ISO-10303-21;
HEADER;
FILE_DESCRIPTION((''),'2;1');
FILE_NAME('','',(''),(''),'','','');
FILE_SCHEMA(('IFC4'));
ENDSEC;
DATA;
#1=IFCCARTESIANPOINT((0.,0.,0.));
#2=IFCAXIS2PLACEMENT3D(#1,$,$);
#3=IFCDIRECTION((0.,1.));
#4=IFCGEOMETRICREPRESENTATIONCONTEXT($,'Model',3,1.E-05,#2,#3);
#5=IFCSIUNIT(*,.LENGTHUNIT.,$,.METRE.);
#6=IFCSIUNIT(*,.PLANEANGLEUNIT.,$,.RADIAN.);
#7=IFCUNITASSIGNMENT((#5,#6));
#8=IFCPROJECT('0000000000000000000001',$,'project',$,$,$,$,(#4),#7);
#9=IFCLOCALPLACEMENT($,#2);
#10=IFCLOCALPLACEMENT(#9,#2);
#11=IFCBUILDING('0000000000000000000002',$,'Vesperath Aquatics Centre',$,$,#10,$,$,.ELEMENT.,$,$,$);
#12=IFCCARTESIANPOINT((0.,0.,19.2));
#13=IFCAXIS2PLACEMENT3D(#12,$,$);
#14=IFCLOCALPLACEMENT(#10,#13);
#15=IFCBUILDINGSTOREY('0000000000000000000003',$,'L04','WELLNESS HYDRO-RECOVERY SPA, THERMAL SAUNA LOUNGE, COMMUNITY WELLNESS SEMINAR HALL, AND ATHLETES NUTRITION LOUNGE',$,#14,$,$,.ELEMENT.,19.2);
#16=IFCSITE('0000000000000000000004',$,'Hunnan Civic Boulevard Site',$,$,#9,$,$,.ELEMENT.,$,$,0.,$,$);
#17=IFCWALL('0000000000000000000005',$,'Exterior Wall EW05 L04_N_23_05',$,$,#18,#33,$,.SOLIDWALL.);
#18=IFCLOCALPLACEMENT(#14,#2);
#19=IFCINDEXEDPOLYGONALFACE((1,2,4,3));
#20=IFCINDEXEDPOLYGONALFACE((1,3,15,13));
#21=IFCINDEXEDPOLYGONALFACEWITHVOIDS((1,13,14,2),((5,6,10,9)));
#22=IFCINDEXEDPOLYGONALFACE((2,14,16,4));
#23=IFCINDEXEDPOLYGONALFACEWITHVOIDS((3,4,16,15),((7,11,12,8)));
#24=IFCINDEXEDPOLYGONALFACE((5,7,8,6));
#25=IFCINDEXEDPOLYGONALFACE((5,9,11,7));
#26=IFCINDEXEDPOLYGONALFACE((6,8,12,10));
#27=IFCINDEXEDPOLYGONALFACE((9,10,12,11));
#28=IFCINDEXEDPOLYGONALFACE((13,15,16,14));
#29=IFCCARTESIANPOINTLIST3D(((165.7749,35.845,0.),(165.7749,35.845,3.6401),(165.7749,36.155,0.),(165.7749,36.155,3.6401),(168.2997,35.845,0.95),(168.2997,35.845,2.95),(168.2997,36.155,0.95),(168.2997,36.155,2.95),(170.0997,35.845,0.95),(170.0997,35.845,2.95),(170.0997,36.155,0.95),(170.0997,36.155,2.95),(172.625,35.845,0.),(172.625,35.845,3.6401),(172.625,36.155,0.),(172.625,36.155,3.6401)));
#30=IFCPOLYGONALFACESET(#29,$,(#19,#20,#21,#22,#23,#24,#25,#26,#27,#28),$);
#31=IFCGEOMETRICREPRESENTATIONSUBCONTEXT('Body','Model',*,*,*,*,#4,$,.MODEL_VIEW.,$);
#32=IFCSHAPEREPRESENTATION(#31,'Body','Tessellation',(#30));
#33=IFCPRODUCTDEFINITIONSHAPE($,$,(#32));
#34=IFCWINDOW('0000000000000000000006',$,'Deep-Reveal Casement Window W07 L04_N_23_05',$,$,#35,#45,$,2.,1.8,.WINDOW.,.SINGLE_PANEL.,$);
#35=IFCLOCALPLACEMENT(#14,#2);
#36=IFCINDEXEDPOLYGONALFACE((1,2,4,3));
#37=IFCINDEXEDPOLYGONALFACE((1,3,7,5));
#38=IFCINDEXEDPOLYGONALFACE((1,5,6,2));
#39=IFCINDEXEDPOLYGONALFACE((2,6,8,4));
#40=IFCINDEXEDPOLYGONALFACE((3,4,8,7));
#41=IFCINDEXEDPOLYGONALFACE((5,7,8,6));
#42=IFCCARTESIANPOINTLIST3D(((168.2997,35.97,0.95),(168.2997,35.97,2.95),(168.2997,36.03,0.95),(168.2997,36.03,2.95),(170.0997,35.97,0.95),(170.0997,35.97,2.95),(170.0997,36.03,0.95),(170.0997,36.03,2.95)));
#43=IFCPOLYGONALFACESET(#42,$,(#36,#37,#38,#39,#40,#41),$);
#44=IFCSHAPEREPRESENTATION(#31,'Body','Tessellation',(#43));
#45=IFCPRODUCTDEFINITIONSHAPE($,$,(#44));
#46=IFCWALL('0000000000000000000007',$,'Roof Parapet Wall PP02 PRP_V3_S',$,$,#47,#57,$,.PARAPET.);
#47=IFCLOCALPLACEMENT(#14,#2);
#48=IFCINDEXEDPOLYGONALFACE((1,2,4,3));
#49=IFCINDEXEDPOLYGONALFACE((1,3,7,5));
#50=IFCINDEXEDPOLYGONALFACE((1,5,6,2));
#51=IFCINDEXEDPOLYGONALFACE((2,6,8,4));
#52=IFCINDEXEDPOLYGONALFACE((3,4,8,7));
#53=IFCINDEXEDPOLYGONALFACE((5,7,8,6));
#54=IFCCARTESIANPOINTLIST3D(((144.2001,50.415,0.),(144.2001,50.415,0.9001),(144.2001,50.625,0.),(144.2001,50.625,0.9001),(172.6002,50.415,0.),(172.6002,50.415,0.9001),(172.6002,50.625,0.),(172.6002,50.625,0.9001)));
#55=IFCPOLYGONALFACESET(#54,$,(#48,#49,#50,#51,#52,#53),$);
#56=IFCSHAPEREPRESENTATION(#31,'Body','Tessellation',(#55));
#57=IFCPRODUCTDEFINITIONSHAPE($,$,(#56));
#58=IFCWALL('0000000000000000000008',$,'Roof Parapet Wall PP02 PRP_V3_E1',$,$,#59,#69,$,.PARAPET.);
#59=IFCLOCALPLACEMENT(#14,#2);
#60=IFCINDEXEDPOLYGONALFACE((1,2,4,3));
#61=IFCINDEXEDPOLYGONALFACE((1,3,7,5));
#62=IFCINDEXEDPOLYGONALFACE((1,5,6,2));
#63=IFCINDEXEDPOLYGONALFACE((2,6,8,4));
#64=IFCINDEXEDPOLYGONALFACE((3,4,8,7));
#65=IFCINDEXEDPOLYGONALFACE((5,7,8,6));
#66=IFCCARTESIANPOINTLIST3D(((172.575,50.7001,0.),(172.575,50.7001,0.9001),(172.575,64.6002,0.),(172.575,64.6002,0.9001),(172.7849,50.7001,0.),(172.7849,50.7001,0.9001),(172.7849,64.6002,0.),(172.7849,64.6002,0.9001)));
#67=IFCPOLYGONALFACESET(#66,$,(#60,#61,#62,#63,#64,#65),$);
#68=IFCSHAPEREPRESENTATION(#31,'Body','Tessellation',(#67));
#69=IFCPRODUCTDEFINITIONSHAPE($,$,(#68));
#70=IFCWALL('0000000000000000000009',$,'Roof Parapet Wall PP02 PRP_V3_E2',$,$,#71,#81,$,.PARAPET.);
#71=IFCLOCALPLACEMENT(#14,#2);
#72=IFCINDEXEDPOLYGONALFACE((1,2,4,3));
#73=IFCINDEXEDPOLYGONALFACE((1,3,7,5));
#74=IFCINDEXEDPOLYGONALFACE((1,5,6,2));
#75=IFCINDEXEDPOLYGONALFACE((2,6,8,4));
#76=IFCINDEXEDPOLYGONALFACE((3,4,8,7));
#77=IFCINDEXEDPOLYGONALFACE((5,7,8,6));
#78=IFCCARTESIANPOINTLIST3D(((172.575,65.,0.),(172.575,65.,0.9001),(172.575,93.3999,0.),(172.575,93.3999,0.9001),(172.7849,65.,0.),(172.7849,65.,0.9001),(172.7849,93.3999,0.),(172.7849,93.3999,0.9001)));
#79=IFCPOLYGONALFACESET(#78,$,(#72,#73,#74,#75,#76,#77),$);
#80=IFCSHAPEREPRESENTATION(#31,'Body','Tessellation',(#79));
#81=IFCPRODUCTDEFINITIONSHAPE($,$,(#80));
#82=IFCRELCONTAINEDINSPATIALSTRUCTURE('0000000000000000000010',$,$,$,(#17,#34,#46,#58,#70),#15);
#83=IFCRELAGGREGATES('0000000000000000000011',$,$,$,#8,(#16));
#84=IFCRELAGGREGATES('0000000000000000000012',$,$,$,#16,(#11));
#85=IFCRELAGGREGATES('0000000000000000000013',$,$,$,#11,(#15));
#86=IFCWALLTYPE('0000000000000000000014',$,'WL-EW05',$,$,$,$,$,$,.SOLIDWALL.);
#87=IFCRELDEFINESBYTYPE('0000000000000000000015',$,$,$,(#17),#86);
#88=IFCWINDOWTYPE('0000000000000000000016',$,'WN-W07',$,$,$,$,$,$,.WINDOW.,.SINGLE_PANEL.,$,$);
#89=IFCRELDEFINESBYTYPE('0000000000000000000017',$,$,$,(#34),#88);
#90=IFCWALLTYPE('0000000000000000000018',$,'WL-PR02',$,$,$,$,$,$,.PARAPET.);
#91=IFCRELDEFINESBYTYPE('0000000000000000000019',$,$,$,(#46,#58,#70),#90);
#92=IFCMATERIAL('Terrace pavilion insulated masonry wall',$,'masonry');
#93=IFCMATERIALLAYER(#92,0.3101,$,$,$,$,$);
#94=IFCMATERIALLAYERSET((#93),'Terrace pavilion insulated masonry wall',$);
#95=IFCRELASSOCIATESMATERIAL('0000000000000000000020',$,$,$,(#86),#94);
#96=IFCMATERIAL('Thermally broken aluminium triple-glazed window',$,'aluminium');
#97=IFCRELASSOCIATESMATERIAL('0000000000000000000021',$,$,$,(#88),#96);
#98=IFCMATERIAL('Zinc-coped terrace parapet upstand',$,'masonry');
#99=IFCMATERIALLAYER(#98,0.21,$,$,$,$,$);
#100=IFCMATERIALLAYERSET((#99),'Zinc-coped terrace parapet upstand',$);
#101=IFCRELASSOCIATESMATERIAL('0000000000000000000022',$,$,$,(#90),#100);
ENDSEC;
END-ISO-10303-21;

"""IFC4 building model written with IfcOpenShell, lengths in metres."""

from ifc_helpers import new_model, si_unit, direction, frame, frame_2d, origin, place, context, subcontext, project, spatial, rectangle, extrude, material, layer, layer_set, type_object, element, fill, save


model = new_model("IFC4")

# Units and contexts
model_context = context("Model", 3, precision=1e-05, world=origin(), true_north=direction((0.0, 1.0)))
body_context = subcontext(model_context, "Body", "Model", "MODEL_VIEW")
ifc_project = project(units=[si_unit("LENGTHUNIT", "METRE"), si_unit("PLANEANGLEUNIT", "RADIAN")], contexts=[model_context])

# Site, building, storey
site_placement = place(None, origin())
site = spatial("IfcSite", under=ifc_project, at=site_placement, Name="Hunnan Civic Boulevard Site", CompositionType="ELEMENT", RefElevation=0.0)
building_placement = place(site_placement, origin())
building = spatial("IfcBuilding", under=site, at=building_placement, Name="Vesperath Aquatics Centre", CompositionType="ELEMENT")
storey_placement = place(building_placement, frame((0.0, 0.0, 19.2)))
storey = spatial("IfcBuildingStorey", under=building, at=storey_placement, Name="L04", Description="WELLNESS HYDRO-RECOVERY SPA, THERMAL SAUNA LOUNGE, COMMUNITY WELLNESS SEMINAR HALL, AND ATHLETES NUTRITION LOUNGE", CompositionType="ELEMENT", Elevation=19.2)

# Wall, opening, window
ifc_material_1 = material(Name="Terrace pavilion insulated masonry wall", Category="masonry")
ifc_layer_1 = layer(ifc_material_1, 0.3101)
ifc_layer_set_1 = layer_set([ifc_layer_1], Name="Terrace pavilion insulated masonry wall")
wall_type_1 = type_object("IfcWallType", Name="WL-EW05", PredefinedType="SOLIDWALL", material=ifc_layer_set_1)
ifc_material_2 = material(Name="Thermally broken aluminium triple-glazed window", Category="aluminium")
wall_1_placement = place(storey_placement, frame((165.7749, 36.0, 0.0), z_axis=(0.0, 0.0, 1.0), x_axis=(1.0, 0.0, 0.0)))
wall_1 = element("IfcWall", 1, at=wall_1_placement, inside=storey, type_object=wall_type_1, Name="Exterior Wall EW05 L04_N_23_05", PredefinedType="SOLIDWALL", context=body_context, shape_type="SweptSolid", body=[
    extrude(rectangle(XDim=6.8501, YDim=0.3101, at=frame_2d((3.425, 0.0))), origin(), (0.0, 0.0, 1.0), 3.6401),
])
opening_1_placement = place(wall_1_placement, frame((2.5249, 0.0, 0.95)))
opening_1 = element("IfcOpeningElement", 2, at=opening_1_placement, cuts=wall_1, PredefinedType="OPENING", context=body_context, shape_type="SweptSolid", body=[
    extrude(rectangle(XDim=1.8, YDim=2.0, at=frame_2d((0.8999, 1.0))), frame((0.0, 0.1699, 0.0), z_axis=(0.0, -1.0, 0.0), x_axis=(1.0, 0.0, 0.0)), (0.0, 0.0, 1.0), 0.3398),
])
window_type_1 = type_object("IfcWindowType", Name="WN-W07", PartitioningType="SINGLE_PANEL", PredefinedType="WINDOW", material=ifc_material_2)
window_1_placement = place(opening_1_placement, origin())
window_1 = element("IfcWindow", 3, at=window_1_placement, inside=storey, type_object=window_type_1, Name="Deep-Reveal Casement Window W07 L04_N_23_05", OverallHeight=2.0, OverallWidth=1.8, PartitioningType="SINGLE_PANEL", PredefinedType="WINDOW", context=body_context, shape_type="SweptSolid", body=[
    extrude(rectangle(XDim=1.8, YDim=2.0, at=frame_2d((0.8999, 1.0))), frame((0.0, 0.03, 0.0), z_axis=(0.0, -1.0, 0.0), x_axis=(1.0, 0.0, 0.0)), (0.0, 0.0, 1.0), 0.0601),
])
fill(opening_1, window_1)

# Walls
ifc_material_3 = material(Name="Zinc-coped terrace parapet upstand", Category="masonry")
ifc_layer_2 = layer(ifc_material_3, 0.21)
ifc_layer_set_2 = layer_set([ifc_layer_2], Name="Zinc-coped terrace parapet upstand")
wall_type_2 = type_object("IfcWallType", Name="WL-PR02", PredefinedType="PARAPET", material=ifc_layer_set_2)
wall_2_placement = place(storey_placement, frame((144.2, 50.52, 0.0), z_axis=(0.0, 0.0, 1.0), x_axis=(1.0, 0.0, 0.0)))
element("IfcWall", 4, at=wall_2_placement, inside=storey, type_object=wall_type_2, Name="Roof Parapet Wall PP02 PRP_V3_S", PredefinedType="PARAPET", context=body_context, shape_type="SweptSolid", body=[
    extrude(rectangle(XDim=28.4001, YDim=0.21, at=frame_2d((14.2002, 0.0))), origin(), (0.0, 0.0, 1.0), 0.9001),
])
wall_3_placement = place(storey_placement, frame((172.6799, 50.7, 0.0), z_axis=(0.0, 0.0, 1.0), x_axis=(0.0, 1.0, 0.0)))
element("IfcWall", 5, at=wall_3_placement, inside=storey, type_object=wall_type_2, Name="Roof Parapet Wall PP02 PRP_V3_E1", PredefinedType="PARAPET", context=body_context, shape_type="SweptSolid", body=[
    extrude(rectangle(XDim=13.9001, YDim=0.21, at=frame_2d((6.9502, 0.0))), origin(), (0.0, 0.0, 1.0), 0.9001),
])
wall_4_placement = place(storey_placement, frame((172.6799, 65.0, 0.0), z_axis=(0.0, 0.0, 1.0), x_axis=(0.0, 1.0, 0.0)))
element("IfcWall", 6, at=wall_4_placement, inside=storey, type_object=wall_type_2, Name="Roof Parapet Wall PP02 PRP_V3_E2", PredefinedType="PARAPET", context=body_context, shape_type="SweptSolid", body=[
    extrude(rectangle(XDim=28.3999, YDim=0.21, at=frame_2d((14.2, 0.0))), origin(), (0.0, 0.0, 1.0), 0.9001),
])

save(model, "model.ifc")
